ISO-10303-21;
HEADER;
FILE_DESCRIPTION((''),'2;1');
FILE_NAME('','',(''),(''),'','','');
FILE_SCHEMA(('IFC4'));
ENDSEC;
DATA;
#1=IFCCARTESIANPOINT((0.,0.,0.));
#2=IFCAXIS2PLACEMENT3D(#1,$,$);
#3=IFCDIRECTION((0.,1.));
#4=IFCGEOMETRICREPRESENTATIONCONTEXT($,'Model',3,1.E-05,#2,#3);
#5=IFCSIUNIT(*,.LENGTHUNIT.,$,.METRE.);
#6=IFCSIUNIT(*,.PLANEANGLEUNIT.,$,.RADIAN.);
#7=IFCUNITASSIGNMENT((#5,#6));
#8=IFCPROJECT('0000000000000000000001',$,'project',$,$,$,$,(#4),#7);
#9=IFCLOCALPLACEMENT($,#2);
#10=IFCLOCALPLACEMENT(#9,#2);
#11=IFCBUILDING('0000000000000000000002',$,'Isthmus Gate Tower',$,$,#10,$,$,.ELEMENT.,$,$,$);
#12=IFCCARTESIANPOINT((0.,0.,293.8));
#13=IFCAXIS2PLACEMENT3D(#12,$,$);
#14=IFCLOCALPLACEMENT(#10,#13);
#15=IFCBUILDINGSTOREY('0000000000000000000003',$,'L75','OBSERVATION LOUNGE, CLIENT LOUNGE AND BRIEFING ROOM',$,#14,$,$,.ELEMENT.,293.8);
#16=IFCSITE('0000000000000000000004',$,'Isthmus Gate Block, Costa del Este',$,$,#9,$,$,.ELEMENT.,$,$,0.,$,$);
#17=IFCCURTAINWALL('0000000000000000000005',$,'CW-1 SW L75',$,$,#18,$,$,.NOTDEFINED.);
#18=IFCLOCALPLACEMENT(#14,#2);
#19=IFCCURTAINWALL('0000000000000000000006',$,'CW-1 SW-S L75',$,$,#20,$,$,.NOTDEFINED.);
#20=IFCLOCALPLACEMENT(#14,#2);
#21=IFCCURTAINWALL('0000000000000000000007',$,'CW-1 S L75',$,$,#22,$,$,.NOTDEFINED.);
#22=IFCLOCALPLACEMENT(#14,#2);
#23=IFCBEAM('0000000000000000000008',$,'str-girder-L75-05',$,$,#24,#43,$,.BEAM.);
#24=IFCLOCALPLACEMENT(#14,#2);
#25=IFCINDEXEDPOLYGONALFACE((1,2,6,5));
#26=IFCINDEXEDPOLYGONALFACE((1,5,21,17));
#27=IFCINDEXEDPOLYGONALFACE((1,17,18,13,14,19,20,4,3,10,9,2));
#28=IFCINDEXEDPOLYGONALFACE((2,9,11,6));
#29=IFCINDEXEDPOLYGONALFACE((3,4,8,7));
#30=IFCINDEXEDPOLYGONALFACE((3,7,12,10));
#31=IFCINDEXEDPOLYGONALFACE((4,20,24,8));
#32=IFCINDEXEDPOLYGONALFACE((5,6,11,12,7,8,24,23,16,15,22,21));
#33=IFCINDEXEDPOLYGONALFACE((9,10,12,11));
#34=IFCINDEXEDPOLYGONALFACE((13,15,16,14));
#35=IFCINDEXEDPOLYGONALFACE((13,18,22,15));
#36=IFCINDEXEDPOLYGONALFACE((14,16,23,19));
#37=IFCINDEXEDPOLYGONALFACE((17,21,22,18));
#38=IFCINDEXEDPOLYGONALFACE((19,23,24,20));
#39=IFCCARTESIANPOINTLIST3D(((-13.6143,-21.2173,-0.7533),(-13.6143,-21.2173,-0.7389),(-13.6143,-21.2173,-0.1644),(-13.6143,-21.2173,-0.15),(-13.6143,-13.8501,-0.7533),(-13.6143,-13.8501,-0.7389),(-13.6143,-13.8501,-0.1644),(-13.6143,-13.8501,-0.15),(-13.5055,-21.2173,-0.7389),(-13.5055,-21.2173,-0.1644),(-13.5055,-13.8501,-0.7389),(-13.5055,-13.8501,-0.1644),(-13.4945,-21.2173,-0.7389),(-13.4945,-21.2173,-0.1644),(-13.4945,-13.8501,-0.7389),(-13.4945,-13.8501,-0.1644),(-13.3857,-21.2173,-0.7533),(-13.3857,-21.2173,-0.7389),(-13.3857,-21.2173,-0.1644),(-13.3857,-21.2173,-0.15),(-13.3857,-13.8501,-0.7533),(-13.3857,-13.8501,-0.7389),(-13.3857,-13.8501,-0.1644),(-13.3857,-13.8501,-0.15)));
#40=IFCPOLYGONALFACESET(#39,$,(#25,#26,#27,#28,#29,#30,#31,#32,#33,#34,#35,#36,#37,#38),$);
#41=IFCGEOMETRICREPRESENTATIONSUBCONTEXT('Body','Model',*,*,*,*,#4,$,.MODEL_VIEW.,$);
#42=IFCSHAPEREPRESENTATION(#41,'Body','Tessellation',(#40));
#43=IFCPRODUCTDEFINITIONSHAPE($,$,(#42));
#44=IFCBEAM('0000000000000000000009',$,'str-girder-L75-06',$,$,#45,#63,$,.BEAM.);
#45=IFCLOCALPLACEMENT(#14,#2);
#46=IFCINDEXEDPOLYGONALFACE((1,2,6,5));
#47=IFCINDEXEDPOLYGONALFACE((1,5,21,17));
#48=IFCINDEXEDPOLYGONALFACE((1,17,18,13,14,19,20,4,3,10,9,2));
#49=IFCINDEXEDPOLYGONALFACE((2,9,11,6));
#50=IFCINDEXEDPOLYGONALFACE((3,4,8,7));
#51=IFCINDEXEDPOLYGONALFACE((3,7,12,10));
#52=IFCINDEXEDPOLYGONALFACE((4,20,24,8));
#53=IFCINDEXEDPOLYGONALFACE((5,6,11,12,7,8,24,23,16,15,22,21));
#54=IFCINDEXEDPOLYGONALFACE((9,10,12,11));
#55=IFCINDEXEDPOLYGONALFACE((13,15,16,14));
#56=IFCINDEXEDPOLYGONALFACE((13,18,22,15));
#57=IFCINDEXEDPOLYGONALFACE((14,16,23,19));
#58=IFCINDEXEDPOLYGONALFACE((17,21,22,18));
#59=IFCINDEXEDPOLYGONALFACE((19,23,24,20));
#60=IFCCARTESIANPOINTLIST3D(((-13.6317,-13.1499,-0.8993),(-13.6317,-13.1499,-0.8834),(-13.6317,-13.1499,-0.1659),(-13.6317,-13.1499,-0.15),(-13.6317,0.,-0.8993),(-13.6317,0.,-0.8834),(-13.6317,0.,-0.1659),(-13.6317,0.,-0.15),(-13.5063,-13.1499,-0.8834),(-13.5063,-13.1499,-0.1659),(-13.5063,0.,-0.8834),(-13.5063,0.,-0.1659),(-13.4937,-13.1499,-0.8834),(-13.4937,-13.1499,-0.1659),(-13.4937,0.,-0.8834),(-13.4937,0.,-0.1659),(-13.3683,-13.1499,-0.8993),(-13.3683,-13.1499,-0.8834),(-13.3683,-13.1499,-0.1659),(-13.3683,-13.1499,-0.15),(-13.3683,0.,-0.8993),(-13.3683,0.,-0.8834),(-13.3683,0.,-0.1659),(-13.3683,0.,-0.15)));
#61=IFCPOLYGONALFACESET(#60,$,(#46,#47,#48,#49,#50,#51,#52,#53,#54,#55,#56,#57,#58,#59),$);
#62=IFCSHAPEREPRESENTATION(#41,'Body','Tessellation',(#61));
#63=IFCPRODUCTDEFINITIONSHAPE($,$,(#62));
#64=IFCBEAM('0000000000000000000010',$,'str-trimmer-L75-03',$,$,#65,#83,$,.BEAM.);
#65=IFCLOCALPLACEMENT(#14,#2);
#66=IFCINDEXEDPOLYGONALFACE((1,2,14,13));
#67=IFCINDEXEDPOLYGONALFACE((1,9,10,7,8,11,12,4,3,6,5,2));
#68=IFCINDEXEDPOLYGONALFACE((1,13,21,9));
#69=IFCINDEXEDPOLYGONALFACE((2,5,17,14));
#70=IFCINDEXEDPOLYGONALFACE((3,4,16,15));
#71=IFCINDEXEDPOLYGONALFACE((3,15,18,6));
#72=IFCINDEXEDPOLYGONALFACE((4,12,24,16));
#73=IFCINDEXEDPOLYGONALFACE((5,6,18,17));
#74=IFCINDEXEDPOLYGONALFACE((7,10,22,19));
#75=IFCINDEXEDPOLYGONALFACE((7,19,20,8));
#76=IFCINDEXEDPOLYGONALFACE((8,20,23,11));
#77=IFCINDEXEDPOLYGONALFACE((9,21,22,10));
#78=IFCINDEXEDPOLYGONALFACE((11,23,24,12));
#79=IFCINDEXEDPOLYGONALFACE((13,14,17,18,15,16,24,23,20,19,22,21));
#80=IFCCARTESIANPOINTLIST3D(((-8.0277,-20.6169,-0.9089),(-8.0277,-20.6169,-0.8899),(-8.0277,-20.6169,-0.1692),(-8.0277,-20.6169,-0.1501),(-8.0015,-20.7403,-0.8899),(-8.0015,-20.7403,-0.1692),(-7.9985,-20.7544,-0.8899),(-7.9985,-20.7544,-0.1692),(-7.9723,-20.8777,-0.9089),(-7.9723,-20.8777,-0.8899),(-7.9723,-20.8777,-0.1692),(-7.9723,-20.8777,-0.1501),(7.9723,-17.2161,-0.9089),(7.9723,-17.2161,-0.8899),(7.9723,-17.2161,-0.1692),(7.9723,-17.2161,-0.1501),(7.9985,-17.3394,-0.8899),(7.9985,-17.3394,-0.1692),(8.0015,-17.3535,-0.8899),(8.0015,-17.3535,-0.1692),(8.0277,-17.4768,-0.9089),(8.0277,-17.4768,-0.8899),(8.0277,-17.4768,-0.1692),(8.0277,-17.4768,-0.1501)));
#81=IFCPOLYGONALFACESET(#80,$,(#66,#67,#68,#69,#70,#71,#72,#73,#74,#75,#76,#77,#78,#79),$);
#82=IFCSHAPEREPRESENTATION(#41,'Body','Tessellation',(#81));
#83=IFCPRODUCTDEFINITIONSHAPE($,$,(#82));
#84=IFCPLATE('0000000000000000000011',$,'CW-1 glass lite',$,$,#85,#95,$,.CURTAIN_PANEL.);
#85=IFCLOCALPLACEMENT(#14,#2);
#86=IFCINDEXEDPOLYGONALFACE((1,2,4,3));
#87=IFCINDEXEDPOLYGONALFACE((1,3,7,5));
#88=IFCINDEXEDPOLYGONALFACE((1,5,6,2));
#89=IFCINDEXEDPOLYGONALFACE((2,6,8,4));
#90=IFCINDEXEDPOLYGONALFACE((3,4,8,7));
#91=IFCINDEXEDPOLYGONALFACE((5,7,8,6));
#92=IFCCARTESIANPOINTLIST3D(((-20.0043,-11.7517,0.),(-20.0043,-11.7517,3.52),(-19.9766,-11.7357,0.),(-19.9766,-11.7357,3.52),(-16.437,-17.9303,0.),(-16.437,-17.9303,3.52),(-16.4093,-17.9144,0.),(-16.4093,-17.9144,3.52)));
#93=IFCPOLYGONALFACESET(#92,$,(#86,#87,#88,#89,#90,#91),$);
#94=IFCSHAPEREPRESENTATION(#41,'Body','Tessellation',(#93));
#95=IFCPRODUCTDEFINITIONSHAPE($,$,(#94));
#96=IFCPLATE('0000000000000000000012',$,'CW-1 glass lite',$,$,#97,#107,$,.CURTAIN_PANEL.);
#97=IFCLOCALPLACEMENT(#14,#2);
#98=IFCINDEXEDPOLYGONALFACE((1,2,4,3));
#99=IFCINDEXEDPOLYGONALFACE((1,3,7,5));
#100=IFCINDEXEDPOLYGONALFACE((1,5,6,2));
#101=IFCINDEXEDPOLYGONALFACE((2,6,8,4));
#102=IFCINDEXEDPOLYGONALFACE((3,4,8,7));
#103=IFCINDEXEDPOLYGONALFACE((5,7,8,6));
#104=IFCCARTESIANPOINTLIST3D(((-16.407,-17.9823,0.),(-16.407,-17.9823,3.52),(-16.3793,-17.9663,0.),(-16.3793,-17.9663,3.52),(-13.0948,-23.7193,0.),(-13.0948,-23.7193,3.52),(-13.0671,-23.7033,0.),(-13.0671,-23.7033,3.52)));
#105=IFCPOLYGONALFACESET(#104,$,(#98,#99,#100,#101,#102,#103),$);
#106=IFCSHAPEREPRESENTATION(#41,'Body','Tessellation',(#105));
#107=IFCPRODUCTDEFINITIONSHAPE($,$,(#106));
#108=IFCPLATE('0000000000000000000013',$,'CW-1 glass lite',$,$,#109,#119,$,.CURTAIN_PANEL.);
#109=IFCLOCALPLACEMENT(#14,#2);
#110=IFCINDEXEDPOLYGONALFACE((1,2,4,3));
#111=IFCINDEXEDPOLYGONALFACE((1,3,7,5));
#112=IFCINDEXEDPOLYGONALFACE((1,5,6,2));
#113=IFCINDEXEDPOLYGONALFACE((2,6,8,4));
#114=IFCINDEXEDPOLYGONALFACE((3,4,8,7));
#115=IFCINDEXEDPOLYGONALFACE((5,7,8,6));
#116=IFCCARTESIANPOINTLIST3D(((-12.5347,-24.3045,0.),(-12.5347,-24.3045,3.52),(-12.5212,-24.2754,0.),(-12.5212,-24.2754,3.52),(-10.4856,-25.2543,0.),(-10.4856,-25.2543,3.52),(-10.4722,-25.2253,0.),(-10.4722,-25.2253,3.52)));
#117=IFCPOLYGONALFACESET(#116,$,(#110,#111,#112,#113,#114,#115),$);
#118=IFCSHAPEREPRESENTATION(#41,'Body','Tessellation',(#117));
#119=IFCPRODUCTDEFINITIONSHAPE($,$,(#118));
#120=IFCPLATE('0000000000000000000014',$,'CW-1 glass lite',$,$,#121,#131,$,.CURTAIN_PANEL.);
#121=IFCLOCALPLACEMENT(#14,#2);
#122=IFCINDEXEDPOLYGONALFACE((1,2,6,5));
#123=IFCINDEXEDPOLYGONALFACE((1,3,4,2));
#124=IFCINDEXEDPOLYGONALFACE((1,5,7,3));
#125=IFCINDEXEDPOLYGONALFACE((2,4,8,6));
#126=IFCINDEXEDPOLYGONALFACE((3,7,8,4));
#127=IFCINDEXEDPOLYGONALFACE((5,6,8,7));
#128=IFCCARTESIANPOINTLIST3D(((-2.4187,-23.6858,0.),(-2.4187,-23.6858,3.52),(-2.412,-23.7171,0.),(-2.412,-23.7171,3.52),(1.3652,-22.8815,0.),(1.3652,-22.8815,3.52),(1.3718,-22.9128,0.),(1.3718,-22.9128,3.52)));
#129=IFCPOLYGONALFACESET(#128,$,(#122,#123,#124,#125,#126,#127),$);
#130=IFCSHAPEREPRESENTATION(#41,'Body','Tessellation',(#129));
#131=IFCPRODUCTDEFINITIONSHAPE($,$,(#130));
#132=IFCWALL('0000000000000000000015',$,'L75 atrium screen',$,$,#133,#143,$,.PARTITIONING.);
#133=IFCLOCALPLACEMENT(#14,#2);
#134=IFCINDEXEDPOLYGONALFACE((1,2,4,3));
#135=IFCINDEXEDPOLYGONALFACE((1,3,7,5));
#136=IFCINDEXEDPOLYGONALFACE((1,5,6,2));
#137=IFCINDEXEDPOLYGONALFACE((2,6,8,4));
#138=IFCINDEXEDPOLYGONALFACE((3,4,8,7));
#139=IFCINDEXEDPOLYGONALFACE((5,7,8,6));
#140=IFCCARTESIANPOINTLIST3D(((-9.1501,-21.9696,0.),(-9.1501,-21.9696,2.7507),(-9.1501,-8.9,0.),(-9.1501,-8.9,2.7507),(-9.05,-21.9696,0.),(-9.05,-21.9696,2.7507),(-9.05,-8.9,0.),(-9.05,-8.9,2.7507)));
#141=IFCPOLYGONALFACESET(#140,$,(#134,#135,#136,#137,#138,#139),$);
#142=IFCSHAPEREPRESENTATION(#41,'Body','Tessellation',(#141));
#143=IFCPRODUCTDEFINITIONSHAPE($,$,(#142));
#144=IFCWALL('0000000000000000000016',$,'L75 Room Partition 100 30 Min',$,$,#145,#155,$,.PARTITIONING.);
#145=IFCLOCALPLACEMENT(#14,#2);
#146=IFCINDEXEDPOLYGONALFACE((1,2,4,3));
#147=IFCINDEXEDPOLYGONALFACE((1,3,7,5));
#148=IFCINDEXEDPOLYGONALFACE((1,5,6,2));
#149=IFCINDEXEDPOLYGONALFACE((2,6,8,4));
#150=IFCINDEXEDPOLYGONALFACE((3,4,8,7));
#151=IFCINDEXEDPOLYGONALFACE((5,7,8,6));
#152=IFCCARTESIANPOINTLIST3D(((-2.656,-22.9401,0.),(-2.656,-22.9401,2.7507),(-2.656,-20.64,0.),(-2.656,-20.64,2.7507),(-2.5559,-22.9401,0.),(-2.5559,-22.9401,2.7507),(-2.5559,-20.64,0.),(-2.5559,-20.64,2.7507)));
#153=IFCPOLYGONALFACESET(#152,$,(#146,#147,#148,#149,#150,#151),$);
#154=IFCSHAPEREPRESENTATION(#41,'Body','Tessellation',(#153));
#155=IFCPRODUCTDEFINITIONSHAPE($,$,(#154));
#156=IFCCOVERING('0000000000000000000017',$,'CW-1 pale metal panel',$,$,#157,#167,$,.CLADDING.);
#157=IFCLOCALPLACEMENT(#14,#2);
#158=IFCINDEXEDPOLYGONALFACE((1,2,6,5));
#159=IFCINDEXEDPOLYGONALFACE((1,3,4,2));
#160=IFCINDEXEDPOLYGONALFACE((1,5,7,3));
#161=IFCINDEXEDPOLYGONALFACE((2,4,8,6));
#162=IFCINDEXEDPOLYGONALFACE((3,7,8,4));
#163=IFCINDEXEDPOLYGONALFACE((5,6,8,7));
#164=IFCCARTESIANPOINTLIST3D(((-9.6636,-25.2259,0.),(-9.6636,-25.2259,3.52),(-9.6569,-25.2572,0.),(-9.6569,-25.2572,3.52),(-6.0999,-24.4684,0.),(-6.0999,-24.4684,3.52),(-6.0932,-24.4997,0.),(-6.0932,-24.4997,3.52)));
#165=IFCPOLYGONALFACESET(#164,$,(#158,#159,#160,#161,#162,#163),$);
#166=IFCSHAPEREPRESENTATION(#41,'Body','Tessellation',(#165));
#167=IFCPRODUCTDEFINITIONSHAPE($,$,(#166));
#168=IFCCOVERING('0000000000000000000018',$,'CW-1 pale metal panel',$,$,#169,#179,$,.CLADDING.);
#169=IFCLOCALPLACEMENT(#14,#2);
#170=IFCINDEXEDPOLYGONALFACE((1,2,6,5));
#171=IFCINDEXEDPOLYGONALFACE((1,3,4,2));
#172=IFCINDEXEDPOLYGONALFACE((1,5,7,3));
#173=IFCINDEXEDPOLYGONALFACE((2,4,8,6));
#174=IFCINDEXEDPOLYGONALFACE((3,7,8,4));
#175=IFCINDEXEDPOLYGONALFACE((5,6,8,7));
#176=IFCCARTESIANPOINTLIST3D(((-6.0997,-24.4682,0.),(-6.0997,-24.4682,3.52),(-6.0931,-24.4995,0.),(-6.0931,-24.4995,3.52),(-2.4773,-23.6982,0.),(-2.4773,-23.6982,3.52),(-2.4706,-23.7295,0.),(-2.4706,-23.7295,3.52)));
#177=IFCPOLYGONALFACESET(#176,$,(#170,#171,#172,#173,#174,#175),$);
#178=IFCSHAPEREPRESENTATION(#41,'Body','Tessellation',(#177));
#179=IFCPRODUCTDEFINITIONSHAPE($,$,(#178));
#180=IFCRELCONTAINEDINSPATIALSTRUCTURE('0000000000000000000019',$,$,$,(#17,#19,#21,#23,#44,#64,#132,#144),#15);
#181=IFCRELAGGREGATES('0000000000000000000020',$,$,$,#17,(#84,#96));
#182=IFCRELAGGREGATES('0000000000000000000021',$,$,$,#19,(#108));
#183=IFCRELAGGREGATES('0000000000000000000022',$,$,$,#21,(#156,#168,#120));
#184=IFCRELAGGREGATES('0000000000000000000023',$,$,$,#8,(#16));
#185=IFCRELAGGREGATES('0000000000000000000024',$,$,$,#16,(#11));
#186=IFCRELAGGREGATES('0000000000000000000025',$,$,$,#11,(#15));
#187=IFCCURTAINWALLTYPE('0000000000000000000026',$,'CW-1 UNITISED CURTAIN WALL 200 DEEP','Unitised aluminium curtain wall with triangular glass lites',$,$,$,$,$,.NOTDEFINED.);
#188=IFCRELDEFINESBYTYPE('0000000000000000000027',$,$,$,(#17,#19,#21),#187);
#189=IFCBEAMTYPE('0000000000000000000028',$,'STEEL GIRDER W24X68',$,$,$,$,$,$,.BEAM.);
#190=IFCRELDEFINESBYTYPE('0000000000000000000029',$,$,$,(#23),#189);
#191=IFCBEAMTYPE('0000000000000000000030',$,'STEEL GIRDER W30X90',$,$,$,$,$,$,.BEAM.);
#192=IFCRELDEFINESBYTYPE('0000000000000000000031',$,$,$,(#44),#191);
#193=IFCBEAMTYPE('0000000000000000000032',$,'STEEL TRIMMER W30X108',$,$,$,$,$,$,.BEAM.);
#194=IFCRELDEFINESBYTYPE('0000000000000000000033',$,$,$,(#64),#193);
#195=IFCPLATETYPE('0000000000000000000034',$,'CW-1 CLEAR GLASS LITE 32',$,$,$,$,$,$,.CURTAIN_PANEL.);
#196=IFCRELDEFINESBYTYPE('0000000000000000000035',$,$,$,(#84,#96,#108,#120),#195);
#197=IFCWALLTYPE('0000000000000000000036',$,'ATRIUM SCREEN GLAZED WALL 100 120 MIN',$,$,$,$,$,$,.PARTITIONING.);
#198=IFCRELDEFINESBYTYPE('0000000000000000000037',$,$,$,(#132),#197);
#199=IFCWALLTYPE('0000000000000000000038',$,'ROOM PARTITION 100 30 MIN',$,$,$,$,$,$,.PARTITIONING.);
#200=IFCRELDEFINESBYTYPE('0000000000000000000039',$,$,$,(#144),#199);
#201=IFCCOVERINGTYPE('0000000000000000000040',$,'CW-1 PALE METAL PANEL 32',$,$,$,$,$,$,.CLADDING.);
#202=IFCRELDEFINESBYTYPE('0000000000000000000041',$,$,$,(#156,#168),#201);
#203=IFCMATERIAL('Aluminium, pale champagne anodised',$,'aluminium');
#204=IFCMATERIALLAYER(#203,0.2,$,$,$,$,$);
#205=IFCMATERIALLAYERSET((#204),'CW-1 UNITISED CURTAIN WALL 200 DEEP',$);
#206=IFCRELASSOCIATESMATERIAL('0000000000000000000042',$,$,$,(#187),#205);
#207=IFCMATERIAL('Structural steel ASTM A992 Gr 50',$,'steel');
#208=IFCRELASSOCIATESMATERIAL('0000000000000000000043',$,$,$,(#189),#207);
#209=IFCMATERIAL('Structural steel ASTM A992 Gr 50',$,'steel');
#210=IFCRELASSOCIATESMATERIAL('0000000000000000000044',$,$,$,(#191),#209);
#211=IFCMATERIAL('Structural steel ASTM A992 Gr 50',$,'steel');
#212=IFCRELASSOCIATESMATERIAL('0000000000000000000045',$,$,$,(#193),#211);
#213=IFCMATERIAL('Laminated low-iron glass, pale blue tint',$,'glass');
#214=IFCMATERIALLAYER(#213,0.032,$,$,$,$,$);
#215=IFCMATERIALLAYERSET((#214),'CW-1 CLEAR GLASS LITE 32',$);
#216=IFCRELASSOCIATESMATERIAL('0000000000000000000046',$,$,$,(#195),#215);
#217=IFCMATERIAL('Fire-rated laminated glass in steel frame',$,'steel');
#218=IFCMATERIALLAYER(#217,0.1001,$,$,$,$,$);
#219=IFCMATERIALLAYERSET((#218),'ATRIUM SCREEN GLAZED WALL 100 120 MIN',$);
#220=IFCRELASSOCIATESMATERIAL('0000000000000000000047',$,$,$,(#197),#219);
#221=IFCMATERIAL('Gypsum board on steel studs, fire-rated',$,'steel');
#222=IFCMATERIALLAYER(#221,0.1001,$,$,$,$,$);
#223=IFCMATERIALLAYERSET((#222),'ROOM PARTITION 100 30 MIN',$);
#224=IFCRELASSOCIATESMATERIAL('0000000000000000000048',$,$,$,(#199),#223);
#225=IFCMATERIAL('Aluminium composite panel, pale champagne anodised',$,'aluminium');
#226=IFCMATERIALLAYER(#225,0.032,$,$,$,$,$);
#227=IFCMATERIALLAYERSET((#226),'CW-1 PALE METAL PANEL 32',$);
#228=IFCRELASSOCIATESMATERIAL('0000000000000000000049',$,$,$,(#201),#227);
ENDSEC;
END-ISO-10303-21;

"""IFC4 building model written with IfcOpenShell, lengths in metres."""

from ifc_helpers import new_model, si_unit, direction, frame, frame_2d, origin, origin_2d, place, context, subcontext, project, spatial, rectangle, i_section, extrude, material, layer, layer_set, material_profile, profile_set, type_object, element, aggregate, save


model = new_model("IFC4")

# Units and contexts
model_context = context("Model", 3, precision=1e-05, world=origin(), true_north=direction((0.0, 1.0)))
body_context = subcontext(model_context, "Body", "Model", "MODEL_VIEW")
ifc_project = project(units=[si_unit("LENGTHUNIT", "METRE"), si_unit("PLANEANGLEUNIT", "RADIAN")], contexts=[model_context])

# Site, building, storey
site_placement = place(None, origin())
site = spatial("IfcSite", under=ifc_project, at=site_placement, Name="Isthmus Gate Block, Costa del Este", CompositionType="ELEMENT", RefElevation=0.0)
building_placement = place(site_placement, origin())
building = spatial("IfcBuilding", under=site, at=building_placement, Name="Isthmus Gate Tower", CompositionType="ELEMENT")
storey_placement = place(building_placement, frame((0.0, 0.0, 293.8)))
storey = spatial("IfcBuildingStorey", under=building, at=storey_placement, Name="L75", Description="OBSERVATION LOUNGE, CLIENT LOUNGE AND BRIEFING ROOM", CompositionType="ELEMENT", Elevation=293.8)

# Curtain walls
ifc_material_1 = material(Name="Aluminium, pale champagne anodised", Category="aluminium")
ifc_layer_1 = layer(ifc_material_1, 0.2)
ifc_layer_set_1 = layer_set([ifc_layer_1], Name="CW-1 UNITISED CURTAIN WALL 200 DEEP")
curtain_wall_type = type_object("IfcCurtainWallType", Name="CW-1 UNITISED CURTAIN WALL 200 DEEP", Description="Unitised aluminium curtain wall with triangular glass lites", PredefinedType="NOTDEFINED", material=ifc_layer_set_1)
curtain_wall_1_placement = place(storey_placement, origin())
curtain_wall_1 = element("IfcCurtainWall", 1, at=curtain_wall_1_placement, inside=storey, type_object=curtain_wall_type, Name="CW-1 SW L75", PredefinedType="NOTDEFINED")
curtain_wall_2_placement = place(storey_placement, origin())
curtain_wall_2 = element("IfcCurtainWall", 2, at=curtain_wall_2_placement, inside=storey, type_object=curtain_wall_type, Name="CW-1 SW-S L75", PredefinedType="NOTDEFINED")

# Curtain wall
curtain_wall_3_placement = place(storey_placement, origin())
curtain_wall_3 = element("IfcCurtainWall", 3, at=curtain_wall_3_placement, inside=storey, type_object=curtain_wall_type, Name="CW-1 S L75", PredefinedType="NOTDEFINED")

# Beams
ifc_material_2 = material(Name="Structural steel ASTM A992 Gr 50", Category="steel")
ifc_material_profile_1 = material_profile(ifc_material_2, i_section(OverallWidth=0.2285, OverallDepth=0.6033, WebThickness=0.011, FlangeThickness=0.0144, at=origin_2d()), Name="W24X68")
ifc_profile_set_1 = profile_set([ifc_material_profile_1], Name="Structural steel ASTM A992 Gr 50")
beam_type_1 = type_object("IfcBeamType", Name="STEEL GIRDER W24X68", PredefinedType="BEAM", material=ifc_profile_set_1)
beam_1_placement = place(storey_placement, frame((-13.5, -21.2173, -0.4517), z_axis=(0.0, 1.0, 0.0), x_axis=(-1.0, 0.0, 0.0)))
element("IfcBeam", 4, at=beam_1_placement, inside=storey, type_object=beam_type_1, Name="str-girder-L75-05", PredefinedType="BEAM", context=body_context, shape_type="SweptSolid", body=[
    extrude(i_section(OverallWidth=0.2285, OverallDepth=0.6033, WebThickness=0.011, FlangeThickness=0.0144, at=origin_2d()), origin(), (0.0, 0.0, 1.0), 7.3672),
])
ifc_material_3 = material(Name="Structural steel ASTM A992 Gr 50", Category="steel")
ifc_material_profile_2 = material_profile(ifc_material_3, i_section(OverallWidth=0.2634, OverallDepth=0.7493, WebThickness=0.0127, FlangeThickness=0.0159, at=origin_2d()), Name="W30X90")
ifc_profile_set_2 = profile_set([ifc_material_profile_2], Name="Structural steel ASTM A992 Gr 50")
beam_type_2 = type_object("IfcBeamType", Name="STEEL GIRDER W30X90", PredefinedType="BEAM", material=ifc_profile_set_2)
beam_2_placement = place(storey_placement, frame((-13.5, -13.1499, -0.5247), z_axis=(0.0, 1.0, 0.0), x_axis=(-1.0, 0.0, 0.0)))
element("IfcBeam", 5, at=beam_2_placement, inside=storey, type_object=beam_type_2, Name="str-girder-L75-06", PredefinedType="BEAM", context=body_context, shape_type="SweptSolid", body=[
    extrude(i_section(OverallWidth=0.2634, OverallDepth=0.7493, WebThickness=0.0127, FlangeThickness=0.0159, at=origin_2d()), origin(), (0.0, 0.0, 1.0), 13.1499),
])
ifc_material_4 = material(Name="Structural steel ASTM A992 Gr 50", Category="steel")
ifc_material_profile_3 = material_profile(ifc_material_4, i_section(OverallWidth=0.2666, OverallDepth=0.7588, WebThickness=0.0144, FlangeThickness=0.019, at=origin_2d()), Name="W30X108")
ifc_profile_set_3 = profile_set([ifc_material_profile_3], Name="Structural steel ASTM A992 Gr 50")
beam_type_3 = type_object("IfcBeamType", Name="STEEL TRIMMER W30X108", PredefinedType="BEAM", material=ifc_profile_set_3)
beam_3_placement = place(storey_placement, frame((-8.0, -20.7473, -0.5295), z_axis=(0.978148, 0.20791, 0.0), x_axis=(-0.20791, 0.978148, 0.0)))
element("IfcBeam", 6, at=beam_3_placement, inside=storey, type_object=beam_type_3, Name="str-trimmer-L75-03", PredefinedType="BEAM", context=body_context, shape_type="SweptSolid", body=[
    extrude(i_section(OverallWidth=0.2666, OverallDepth=0.7588, WebThickness=0.0144, FlangeThickness=0.019, at=origin_2d()), origin(), (0.0, 0.0, 1.0), 16.3574),
])

# Plates
ifc_material_5 = material(Name="Laminated low-iron glass, pale blue tint", Category="glass")
ifc_layer_2 = layer(ifc_material_5, 0.032)
ifc_layer_set_2 = layer_set([ifc_layer_2], Name="CW-1 CLEAR GLASS LITE 32")
plate_type = type_object("IfcPlateType", Name="CW-1 CLEAR GLASS LITE 32", PredefinedType="CURTAIN_PANEL", material=ifc_layer_set_2)
plate_1_placement = place(storey_placement, frame((-18.2068, -14.833, 0.0), z_axis=(0.0, 0.0, 1.0), x_axis=(0.5, -0.866025, 0.0)))
plate_1 = element("IfcPlate", 7, at=plate_1_placement, type_object=plate_type, Name="CW-1 glass lite", PredefinedType="CURTAIN_PANEL", context=body_context, shape_type="SweptSolid", body=[
    extrude(rectangle(XDim=7.1345, YDim=0.032, at=origin_2d()), origin(), (0.0, 0.0, 1.0), 3.52),
])
plate_2_placement = place(storey_placement, frame((-14.7371, -20.8428, 0.0), z_axis=(0.0, 0.0, 1.0), x_axis=(0.5, -0.866025, 0.0)))
plate_2 = element("IfcPlate", 8, at=plate_2_placement, type_object=plate_type, Name="CW-1 glass lite", PredefinedType="CURTAIN_PANEL", context=body_context, shape_type="SweptSolid", body=[
    extrude(rectangle(XDim=6.6245, YDim=0.032, at=origin_2d()), origin(), (0.0, 0.0, 1.0), 3.52),
])
aggregate(curtain_wall_1, [plate_1, plate_2])
plate_3_placement = place(storey_placement, frame((-11.5034, -24.7649, 0.0), z_axis=(0.0, 0.0, 1.0), x_axis=(0.907256, -0.420578, 0.0)))
plate_3 = element("IfcPlate", 9, at=plate_3_placement, type_object=plate_type, Name="CW-1 glass lite", PredefinedType="CURTAIN_PANEL", context=body_context, shape_type="SweptSolid", body=[
    extrude(rectangle(XDim=2.2585, YDim=0.032, at=origin_2d()), origin(), (0.0, 0.0, 1.0), 3.52),
])
aggregate(curtain_wall_2, [plate_3])
plate_4_placement = place(storey_placement, frame((-0.5234, -23.2993, 0.0), z_axis=(0.0, 0.0, 1.0), x_axis=(0.978148, 0.207912, 0.0)))
plate_4 = element("IfcPlate", 10, at=plate_4_placement, type_object=plate_type, Name="CW-1 glass lite", PredefinedType="CURTAIN_PANEL", context=body_context, shape_type="SweptSolid", body=[
    extrude(rectangle(XDim=3.8684, YDim=0.032, at=origin_2d()), origin(), (0.0, 0.0, 1.0), 3.52),
])

# Walls
ifc_material_6 = material(Name="Fire-rated laminated glass in steel frame", Category="steel")
ifc_layer_3 = layer(ifc_material_6, 0.1001)
ifc_layer_set_3 = layer_set([ifc_layer_3], Name="ATRIUM SCREEN GLAZED WALL 100 120 MIN")
wall_type_1 = type_object("IfcWallType", Name="ATRIUM SCREEN GLAZED WALL 100 120 MIN", PredefinedType="PARTITIONING", material=ifc_layer_set_3)
wall_1_placement = place(storey_placement, frame((-9.1001, -21.9695, 0.0), z_axis=(0.0, 0.0, 1.0), x_axis=(0.0, 1.0, 0.0)))
element("IfcWall", 11, at=wall_1_placement, inside=storey, type_object=wall_type_1, Name="L75 atrium screen", PredefinedType="PARTITIONING", context=body_context, shape_type="SweptSolid", body=[
    extrude(rectangle(XDim=13.0696, YDim=0.1001, at=frame_2d((6.5347, 0.0))), origin(), (0.0, 0.0, 1.0), 2.7507),
])
ifc_material_7 = material(Name="Gypsum board on steel studs, fire-rated", Category="steel")
ifc_layer_4 = layer(ifc_material_7, 0.1001)
ifc_layer_set_4 = layer_set([ifc_layer_4], Name="ROOM PARTITION 100 30 MIN")
wall_type_2 = type_object("IfcWallType", Name="ROOM PARTITION 100 30 MIN", PredefinedType="PARTITIONING", material=ifc_layer_set_4)
wall_2_placement = place(storey_placement, frame((-2.606, -22.9399, 0.0), z_axis=(0.0, 0.0, 1.0), x_axis=(0.0, 1.0, 0.0)))
element("IfcWall", 12, at=wall_2_placement, inside=storey, type_object=wall_type_2, Name="L75 Room Partition 100 30 Min", PredefinedType="PARTITIONING", context=body_context, shape_type="SweptSolid", body=[
    extrude(rectangle(XDim=2.3, YDim=0.1001, at=frame_2d((1.1499, 0.0))), origin(), (0.0, 0.0, 1.0), 2.7507),
])

# Coverings
ifc_material_8 = material(Name="Aluminium composite panel, pale champagne anodised", Category="aluminium")
ifc_layer_5 = layer(ifc_material_8, 0.032)
ifc_layer_set_5 = layer_set([ifc_layer_5], Name="CW-1 PALE METAL PANEL 32")
covering_type = type_object("IfcCoveringType", Name="CW-1 PALE METAL PANEL 32", PredefinedType="CLADDING", material=ifc_layer_set_5)
covering_1_placement = place(storey_placement, frame((-7.8784, -24.8628, 0.0), z_axis=(0.0, 0.0, 1.0), x_axis=(0.978148, 0.207912, 0.0)))
covering_1 = element("IfcCovering", 13, at=covering_1_placement, type_object=covering_type, Name="CW-1 pale metal panel", PredefinedType="CLADDING", context=body_context, shape_type="SweptSolid", body=[
    extrude(rectangle(XDim=3.6433, YDim=0.032, at=origin_2d()), origin(), (0.0, 0.0, 1.0), 3.52),
])
covering_2_placement = place(storey_placement, frame((-4.2852, -24.0989, 0.0), z_axis=(0.0, 0.0, 1.0), x_axis=(0.978148, 0.207912, 0.0)))
covering_2 = element("IfcCovering", 14, at=covering_2_placement, type_object=covering_type, Name="CW-1 pale metal panel", PredefinedType="CLADDING", context=body_context, shape_type="SweptSolid", body=[
    extrude(rectangle(XDim=3.7034, YDim=0.032, at=origin_2d()), origin(), (0.0, 0.0, 1.0), 3.52),
])
aggregate(curtain_wall_3, [covering_1, covering_2, plate_4])

save(model, "model.ifc")
